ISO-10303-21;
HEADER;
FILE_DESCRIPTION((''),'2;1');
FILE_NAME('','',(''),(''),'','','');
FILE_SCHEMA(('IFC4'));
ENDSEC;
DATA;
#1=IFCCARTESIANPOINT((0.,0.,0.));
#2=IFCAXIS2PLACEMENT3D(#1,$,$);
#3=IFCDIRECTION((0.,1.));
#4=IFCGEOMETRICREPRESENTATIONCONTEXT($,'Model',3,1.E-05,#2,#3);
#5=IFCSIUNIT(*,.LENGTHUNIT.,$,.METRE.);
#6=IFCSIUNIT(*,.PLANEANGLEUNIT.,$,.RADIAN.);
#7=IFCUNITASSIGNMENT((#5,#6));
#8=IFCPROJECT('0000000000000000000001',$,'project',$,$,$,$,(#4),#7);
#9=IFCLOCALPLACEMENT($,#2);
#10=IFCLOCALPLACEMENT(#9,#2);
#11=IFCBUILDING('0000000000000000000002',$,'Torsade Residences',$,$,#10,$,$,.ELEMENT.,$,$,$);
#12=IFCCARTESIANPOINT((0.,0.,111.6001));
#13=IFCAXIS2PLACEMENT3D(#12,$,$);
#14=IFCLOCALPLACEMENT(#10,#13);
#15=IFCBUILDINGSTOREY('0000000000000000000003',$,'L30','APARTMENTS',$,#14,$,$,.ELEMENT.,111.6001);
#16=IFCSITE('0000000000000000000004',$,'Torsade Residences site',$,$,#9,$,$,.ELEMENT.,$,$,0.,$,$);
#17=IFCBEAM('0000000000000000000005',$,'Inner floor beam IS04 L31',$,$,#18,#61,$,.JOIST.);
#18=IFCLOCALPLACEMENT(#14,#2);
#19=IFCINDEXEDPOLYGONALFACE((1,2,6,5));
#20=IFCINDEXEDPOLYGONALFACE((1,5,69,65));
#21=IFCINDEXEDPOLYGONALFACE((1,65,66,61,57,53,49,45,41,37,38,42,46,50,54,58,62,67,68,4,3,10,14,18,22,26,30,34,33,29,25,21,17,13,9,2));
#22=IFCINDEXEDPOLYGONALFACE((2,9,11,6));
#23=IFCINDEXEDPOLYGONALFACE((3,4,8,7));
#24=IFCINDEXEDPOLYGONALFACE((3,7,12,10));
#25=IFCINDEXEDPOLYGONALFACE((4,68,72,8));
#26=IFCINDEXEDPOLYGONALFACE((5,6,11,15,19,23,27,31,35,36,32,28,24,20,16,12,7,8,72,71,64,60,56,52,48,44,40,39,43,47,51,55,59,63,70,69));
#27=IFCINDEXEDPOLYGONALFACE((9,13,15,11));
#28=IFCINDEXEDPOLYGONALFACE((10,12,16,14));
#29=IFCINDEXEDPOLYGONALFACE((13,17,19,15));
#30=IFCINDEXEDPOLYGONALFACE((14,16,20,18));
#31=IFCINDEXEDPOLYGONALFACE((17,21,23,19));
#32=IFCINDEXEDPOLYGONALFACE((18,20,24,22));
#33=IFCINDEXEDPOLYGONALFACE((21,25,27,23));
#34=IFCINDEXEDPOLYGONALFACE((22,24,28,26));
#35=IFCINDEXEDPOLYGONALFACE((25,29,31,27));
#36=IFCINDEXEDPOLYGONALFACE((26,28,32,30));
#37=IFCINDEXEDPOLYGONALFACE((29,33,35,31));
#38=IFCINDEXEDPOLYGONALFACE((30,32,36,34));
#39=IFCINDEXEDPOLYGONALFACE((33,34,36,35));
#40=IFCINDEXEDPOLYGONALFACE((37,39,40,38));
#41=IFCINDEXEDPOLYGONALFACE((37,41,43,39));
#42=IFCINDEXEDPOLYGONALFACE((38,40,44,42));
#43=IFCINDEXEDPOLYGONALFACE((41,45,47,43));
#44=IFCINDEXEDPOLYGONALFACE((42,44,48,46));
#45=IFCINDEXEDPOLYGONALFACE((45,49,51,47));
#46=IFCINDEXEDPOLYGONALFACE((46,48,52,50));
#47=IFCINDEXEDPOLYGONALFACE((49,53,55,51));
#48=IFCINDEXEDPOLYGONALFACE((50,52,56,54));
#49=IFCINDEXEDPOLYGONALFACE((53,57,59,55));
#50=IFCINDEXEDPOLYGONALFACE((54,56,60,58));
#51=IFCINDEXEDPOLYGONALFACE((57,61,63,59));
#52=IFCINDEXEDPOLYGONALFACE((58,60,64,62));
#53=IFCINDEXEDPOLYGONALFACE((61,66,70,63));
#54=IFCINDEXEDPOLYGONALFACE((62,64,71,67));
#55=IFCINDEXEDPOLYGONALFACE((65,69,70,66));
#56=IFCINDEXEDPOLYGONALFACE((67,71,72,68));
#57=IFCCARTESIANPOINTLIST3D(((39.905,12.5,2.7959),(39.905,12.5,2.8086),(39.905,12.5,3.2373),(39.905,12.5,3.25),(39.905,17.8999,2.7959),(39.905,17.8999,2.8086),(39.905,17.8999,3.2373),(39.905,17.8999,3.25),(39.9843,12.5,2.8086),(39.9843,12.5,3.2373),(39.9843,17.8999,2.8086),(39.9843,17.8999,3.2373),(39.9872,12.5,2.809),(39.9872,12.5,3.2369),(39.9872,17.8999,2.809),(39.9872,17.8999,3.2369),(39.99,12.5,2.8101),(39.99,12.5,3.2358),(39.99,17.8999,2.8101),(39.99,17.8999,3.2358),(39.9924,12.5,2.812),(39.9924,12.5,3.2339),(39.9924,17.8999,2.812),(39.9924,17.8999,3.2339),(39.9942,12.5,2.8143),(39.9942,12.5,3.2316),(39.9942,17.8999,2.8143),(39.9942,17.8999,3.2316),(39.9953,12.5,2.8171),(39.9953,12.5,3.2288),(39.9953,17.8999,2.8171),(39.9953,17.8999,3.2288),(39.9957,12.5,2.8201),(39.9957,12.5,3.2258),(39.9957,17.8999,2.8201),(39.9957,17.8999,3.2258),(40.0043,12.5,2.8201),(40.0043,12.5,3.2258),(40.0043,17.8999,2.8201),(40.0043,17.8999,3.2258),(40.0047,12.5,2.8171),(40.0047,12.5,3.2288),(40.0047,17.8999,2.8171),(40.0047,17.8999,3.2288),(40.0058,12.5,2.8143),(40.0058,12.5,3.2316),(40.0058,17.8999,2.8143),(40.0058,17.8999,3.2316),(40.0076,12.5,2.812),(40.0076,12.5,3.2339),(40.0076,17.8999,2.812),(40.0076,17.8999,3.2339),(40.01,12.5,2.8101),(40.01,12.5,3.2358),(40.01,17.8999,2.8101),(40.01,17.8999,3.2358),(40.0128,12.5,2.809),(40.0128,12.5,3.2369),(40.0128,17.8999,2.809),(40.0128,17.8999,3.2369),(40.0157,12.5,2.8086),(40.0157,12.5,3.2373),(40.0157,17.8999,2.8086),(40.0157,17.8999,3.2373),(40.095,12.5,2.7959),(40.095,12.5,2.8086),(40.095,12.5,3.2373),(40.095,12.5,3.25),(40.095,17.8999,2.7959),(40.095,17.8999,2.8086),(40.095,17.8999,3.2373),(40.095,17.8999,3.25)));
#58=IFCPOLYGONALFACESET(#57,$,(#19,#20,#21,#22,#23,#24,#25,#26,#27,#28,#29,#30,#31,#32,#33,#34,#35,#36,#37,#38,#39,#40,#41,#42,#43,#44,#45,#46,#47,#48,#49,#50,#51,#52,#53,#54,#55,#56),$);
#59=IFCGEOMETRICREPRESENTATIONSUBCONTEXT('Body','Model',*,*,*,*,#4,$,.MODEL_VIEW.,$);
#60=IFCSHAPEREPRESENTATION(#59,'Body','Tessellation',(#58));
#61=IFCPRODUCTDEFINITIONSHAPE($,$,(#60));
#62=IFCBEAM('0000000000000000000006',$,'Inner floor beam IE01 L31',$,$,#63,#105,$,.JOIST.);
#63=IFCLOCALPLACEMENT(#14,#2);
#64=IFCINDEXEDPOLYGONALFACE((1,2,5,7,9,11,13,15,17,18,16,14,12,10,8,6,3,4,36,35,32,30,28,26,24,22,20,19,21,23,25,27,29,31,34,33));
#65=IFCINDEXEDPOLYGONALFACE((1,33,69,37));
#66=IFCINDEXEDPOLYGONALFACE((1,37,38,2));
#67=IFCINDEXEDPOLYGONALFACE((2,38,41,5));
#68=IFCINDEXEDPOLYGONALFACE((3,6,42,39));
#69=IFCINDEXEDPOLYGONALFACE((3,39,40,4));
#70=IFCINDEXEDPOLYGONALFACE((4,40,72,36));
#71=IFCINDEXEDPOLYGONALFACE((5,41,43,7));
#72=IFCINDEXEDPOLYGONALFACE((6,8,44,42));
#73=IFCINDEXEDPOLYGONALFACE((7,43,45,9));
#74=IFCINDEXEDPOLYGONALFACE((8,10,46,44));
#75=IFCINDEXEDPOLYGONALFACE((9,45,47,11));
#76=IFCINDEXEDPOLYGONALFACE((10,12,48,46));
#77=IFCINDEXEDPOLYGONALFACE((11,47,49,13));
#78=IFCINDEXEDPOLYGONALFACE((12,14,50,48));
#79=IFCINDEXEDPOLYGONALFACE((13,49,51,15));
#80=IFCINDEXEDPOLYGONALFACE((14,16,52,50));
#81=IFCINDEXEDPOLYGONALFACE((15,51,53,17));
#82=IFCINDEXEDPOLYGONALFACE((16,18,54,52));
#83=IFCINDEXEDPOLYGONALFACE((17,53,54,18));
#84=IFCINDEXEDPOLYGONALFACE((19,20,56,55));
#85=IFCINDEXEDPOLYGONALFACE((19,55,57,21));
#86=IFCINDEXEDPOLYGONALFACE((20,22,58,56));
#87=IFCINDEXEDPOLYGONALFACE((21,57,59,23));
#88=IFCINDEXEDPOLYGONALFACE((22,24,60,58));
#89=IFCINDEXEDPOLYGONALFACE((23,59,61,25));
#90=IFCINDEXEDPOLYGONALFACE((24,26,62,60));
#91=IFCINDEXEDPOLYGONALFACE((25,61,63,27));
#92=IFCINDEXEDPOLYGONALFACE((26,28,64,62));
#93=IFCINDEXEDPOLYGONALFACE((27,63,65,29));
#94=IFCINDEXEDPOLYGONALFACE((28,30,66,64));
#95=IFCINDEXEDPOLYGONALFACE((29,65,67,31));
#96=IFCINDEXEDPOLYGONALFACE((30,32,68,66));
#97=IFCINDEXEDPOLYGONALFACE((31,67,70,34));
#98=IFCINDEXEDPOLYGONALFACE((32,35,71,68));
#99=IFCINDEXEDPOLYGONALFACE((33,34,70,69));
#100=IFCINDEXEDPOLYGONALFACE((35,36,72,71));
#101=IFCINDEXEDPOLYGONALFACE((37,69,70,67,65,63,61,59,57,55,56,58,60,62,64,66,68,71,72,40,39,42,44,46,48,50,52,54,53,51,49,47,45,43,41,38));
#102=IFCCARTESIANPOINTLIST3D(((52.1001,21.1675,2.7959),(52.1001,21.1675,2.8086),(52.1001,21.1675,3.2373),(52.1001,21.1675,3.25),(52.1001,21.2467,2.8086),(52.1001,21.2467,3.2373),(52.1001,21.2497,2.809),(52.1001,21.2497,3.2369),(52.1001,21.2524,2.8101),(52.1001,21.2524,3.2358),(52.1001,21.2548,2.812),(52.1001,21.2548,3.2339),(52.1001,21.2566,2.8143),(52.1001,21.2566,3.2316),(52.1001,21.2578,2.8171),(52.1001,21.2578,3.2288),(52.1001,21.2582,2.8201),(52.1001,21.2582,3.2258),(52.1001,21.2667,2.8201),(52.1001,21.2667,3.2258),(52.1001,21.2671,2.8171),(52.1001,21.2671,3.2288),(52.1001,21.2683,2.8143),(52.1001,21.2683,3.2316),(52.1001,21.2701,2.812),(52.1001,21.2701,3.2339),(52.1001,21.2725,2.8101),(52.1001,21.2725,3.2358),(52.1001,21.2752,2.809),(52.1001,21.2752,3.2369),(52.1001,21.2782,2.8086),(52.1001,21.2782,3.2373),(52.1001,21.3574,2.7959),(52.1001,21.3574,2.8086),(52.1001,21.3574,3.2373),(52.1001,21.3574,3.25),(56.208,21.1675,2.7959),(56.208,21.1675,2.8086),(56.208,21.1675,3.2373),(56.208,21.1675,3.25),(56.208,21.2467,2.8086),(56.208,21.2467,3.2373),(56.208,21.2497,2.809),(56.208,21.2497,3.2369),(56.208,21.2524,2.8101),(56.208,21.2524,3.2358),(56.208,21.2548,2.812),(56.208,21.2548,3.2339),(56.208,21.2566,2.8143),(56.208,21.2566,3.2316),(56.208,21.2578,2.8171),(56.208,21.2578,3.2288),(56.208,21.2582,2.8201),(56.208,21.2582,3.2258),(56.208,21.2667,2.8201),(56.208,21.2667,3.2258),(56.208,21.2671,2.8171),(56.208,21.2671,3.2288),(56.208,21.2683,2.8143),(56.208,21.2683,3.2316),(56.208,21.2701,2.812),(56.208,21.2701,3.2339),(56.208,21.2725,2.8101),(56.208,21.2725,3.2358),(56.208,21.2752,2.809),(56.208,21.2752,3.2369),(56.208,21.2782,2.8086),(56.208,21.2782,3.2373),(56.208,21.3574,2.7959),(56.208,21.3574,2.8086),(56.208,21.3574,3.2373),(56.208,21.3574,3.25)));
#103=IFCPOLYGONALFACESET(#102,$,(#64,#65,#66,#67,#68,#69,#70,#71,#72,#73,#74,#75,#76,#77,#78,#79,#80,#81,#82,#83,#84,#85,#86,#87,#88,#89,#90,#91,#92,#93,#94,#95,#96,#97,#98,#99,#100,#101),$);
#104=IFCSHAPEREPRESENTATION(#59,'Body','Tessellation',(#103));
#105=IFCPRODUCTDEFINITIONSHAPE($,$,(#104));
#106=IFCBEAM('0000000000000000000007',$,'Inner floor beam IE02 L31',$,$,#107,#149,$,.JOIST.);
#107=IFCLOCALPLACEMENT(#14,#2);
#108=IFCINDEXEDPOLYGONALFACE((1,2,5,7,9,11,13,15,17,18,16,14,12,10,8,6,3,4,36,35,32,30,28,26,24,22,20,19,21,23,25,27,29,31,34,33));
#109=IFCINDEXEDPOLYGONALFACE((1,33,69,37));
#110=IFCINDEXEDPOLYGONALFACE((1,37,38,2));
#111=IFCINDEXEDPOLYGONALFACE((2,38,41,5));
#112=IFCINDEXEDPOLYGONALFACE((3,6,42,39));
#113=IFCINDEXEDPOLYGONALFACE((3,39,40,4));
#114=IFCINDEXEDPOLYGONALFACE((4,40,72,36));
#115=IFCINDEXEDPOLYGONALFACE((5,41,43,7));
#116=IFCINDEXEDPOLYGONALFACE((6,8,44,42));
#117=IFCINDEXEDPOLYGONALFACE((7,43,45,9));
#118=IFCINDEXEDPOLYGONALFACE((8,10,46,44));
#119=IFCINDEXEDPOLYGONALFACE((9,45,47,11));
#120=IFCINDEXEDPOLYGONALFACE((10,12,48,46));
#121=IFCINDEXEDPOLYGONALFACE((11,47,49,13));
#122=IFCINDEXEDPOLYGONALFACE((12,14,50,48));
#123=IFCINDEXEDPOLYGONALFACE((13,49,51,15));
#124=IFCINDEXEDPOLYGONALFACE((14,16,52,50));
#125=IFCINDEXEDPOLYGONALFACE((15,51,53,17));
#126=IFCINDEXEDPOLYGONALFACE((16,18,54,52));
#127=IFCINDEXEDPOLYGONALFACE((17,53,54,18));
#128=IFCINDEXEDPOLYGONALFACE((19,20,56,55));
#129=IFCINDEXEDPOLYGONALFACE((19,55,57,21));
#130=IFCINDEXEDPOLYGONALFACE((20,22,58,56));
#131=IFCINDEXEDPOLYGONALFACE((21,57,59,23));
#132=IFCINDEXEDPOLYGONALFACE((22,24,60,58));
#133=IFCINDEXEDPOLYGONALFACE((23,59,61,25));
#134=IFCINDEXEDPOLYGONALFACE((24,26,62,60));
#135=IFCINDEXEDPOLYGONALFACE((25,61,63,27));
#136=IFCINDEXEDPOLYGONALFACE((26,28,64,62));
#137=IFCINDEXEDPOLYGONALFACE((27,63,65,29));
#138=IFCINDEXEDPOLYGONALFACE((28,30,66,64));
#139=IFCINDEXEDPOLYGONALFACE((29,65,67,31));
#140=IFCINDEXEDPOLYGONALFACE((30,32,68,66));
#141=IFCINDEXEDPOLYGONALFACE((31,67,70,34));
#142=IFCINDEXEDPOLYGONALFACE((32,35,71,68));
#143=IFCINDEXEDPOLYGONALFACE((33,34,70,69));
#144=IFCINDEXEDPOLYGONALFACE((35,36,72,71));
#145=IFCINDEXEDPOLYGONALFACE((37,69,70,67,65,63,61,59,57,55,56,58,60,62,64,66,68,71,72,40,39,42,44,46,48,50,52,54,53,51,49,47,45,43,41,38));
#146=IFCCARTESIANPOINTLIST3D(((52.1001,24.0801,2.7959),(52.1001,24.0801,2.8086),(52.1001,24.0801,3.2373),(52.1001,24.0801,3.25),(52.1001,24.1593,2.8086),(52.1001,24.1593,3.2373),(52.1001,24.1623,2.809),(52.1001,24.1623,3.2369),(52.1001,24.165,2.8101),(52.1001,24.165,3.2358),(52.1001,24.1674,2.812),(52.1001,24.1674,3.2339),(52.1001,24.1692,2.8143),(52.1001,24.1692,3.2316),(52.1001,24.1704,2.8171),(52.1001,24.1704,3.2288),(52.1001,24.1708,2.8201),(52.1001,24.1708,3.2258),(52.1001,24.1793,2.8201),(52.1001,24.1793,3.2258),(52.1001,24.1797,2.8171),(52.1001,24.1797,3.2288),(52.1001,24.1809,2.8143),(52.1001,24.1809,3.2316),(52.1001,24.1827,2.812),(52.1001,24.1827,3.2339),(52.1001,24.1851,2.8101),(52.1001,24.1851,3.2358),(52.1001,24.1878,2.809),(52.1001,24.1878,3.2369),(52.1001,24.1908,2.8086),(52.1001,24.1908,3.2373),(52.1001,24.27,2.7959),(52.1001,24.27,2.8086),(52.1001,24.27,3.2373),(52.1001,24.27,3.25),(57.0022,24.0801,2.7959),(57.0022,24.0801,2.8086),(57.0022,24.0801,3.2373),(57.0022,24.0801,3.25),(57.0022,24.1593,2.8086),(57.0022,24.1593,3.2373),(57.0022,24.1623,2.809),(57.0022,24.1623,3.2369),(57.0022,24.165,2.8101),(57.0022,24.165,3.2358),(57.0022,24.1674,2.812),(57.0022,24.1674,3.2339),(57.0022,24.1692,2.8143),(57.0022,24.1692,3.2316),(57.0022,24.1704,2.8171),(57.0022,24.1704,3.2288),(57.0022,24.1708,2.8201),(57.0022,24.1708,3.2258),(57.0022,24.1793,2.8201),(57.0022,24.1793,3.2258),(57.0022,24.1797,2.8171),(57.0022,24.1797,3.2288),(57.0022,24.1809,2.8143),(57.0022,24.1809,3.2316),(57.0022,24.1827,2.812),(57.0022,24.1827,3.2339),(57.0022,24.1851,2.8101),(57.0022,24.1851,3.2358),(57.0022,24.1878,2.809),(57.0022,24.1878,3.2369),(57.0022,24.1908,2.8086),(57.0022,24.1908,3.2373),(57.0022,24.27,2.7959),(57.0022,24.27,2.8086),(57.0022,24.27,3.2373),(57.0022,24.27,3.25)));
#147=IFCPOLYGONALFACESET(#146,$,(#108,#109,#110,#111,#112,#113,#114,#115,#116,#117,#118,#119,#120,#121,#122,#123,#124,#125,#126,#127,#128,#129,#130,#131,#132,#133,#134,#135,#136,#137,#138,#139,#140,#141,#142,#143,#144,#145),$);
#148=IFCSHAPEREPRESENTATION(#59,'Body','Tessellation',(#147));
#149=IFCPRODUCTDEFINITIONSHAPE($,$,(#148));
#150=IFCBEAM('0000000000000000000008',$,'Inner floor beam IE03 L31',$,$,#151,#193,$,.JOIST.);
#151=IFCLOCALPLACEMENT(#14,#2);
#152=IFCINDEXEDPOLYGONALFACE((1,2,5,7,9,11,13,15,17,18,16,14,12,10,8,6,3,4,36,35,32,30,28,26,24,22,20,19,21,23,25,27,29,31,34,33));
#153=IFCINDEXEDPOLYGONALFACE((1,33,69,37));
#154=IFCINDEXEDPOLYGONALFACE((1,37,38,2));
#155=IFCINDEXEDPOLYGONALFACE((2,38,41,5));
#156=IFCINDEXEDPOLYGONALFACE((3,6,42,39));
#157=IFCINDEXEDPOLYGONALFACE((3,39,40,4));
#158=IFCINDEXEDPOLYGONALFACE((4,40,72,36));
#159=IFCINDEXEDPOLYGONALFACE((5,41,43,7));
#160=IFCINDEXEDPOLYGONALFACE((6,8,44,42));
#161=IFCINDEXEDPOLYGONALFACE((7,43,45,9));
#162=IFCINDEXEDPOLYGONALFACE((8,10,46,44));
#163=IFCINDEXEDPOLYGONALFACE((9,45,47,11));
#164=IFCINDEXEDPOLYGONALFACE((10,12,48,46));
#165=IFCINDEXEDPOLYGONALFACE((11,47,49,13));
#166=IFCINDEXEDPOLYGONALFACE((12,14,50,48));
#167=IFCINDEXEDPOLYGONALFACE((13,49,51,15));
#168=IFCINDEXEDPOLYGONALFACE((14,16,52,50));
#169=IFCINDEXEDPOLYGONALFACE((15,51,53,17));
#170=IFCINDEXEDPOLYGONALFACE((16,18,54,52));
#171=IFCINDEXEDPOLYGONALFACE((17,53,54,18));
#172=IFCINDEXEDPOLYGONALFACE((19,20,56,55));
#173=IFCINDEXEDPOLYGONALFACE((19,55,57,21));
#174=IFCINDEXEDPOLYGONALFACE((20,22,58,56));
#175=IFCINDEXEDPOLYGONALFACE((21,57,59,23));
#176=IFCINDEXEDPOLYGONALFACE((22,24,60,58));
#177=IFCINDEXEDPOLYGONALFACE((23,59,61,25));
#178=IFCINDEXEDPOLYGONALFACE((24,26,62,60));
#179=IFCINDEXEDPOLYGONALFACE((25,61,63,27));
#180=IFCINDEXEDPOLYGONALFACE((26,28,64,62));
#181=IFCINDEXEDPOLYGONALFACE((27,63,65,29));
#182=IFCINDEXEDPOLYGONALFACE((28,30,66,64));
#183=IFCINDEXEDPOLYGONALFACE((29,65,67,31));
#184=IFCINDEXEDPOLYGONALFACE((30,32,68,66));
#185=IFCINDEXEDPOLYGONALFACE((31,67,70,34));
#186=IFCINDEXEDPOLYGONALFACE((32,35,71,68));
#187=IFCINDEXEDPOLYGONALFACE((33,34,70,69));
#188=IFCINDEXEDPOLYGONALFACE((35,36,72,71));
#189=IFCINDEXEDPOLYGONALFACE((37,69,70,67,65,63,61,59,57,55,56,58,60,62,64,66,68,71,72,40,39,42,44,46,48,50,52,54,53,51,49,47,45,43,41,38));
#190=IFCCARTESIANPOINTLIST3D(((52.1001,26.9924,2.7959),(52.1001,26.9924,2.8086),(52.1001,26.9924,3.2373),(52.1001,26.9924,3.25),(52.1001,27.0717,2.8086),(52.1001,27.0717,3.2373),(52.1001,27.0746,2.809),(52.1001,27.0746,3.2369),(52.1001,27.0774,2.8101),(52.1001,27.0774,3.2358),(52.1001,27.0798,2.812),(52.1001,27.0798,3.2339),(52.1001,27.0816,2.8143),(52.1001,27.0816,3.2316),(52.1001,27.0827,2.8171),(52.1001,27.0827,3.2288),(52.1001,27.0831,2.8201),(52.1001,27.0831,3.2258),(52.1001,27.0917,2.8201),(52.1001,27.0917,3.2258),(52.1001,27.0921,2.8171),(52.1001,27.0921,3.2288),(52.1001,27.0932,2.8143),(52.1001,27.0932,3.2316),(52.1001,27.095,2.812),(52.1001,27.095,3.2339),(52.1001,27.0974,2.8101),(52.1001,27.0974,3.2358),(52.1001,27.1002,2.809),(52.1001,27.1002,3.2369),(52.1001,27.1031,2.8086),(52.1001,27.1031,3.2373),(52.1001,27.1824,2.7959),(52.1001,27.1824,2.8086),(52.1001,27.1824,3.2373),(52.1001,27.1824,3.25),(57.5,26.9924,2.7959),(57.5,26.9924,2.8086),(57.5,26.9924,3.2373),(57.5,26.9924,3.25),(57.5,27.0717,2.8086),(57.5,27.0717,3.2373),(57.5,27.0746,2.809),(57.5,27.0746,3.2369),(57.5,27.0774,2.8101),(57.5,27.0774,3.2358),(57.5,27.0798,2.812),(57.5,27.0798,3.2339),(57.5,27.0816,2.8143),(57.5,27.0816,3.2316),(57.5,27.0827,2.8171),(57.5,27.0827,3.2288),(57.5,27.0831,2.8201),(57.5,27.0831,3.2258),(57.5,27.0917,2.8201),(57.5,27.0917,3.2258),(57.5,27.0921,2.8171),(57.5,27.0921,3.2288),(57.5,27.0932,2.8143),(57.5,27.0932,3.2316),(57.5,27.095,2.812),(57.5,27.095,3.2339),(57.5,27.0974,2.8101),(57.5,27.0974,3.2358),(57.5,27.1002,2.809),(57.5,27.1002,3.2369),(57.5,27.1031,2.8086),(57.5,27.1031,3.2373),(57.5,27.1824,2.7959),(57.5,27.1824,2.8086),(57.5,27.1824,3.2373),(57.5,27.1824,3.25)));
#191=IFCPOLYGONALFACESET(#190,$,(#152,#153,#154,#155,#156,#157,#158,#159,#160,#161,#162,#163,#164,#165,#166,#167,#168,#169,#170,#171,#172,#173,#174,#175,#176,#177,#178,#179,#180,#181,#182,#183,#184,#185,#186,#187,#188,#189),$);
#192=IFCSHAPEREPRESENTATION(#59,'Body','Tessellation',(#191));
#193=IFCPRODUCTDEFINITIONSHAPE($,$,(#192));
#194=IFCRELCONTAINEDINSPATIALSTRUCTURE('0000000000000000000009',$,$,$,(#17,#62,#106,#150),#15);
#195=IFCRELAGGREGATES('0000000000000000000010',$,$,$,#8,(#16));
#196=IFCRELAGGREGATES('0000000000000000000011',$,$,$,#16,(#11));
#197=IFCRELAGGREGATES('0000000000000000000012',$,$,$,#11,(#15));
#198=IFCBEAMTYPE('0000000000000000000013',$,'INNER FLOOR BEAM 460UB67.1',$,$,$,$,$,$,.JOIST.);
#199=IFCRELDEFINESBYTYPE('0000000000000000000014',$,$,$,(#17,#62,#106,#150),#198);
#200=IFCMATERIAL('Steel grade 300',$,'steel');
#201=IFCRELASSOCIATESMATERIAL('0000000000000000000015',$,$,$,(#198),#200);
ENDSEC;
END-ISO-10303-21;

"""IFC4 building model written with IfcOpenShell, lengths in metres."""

from ifc_helpers import new_model, si_unit, direction, frame, origin, origin_2d, place, context, subcontext, project, spatial, i_section, extrude, material, material_profile, profile_set, type_object, element, save


model = new_model("IFC4")

# Units and contexts
model_context = context("Model", 3, precision=1e-05, world=origin(), true_north=direction((0.0, 1.0)))
body_context = subcontext(model_context, "Body", "Model", "MODEL_VIEW")
ifc_project = project(units=[si_unit("LENGTHUNIT", "METRE"), si_unit("PLANEANGLEUNIT", "RADIAN")], contexts=[model_context])

# Site, building, storey
site_placement = place(None, origin())
site = spatial("IfcSite", under=ifc_project, at=site_placement, Name="Torsade Residences site", CompositionType="ELEMENT", RefElevation=0.0)
building_placement = place(site_placement, origin())
building = spatial("IfcBuilding", under=site, at=building_placement, Name="Torsade Residences", CompositionType="ELEMENT")
storey_placement = place(building_placement, frame((0.0, 0.0, 111.6001)))
storey = spatial("IfcBuildingStorey", under=building, at=storey_placement, Name="L30", Description="APARTMENTS", CompositionType="ELEMENT", Elevation=111.6001)

# Beams
ifc_material_1 = material(Name="Steel grade 300", Category="steel")
ifc_material_profile_1 = material_profile(ifc_material_1, i_section(OverallWidth=0.1899, OverallDepth=0.4541, WebThickness=0.0085, FlangeThickness=0.0127, FilletRadius=0.0115, at=origin_2d()), Name="460UB67.1")
ifc_profile_set_1 = profile_set([ifc_material_profile_1], Name="Steel grade 300")
beam_type_1 = type_object("IfcBeamType", Name="INNER FLOOR BEAM 460UB67.1", PredefinedType="JOIST", material=ifc_profile_set_1)
for number, where, z_axis, x_axis, name in (
    (1, (40.0, 17.8999, 3.0229), (0.0, -1.0, 0.0), (1.0, 0.0, 0.0), "Inner floor beam IS04 L31"),
):
    element("IfcBeam", number, at=place(storey_placement, frame(where, z_axis=z_axis, x_axis=x_axis)), inside=storey, type_object=beam_type_1, Name=name, PredefinedType="JOIST", context=body_context, shape_type="SweptSolid", body=[
        extrude(i_section(OverallWidth=0.1899, OverallDepth=0.4541, WebThickness=0.0085, FlangeThickness=0.0127, FilletRadius=0.0115, at=origin_2d()), origin(), (0.0, 0.0, 1.0), 5.3999),
    ])
beam_1_placement = place(storey_placement, frame((52.1001, 21.2625, 3.0229), z_axis=(1.0, 0.0, 0.0), x_axis=(0.0, 1.0, 0.0)))
element("IfcBeam", 2, at=beam_1_placement, inside=storey, type_object=beam_type_1, Name="Inner floor beam IE01 L31", PredefinedType="JOIST", context=body_context, shape_type="SweptSolid", body=[
    extrude(i_section(OverallWidth=0.1899, OverallDepth=0.4541, WebThickness=0.0085, FlangeThickness=0.0127, FilletRadius=0.0115, at=origin_2d()), origin(), (0.0, 0.0, 1.0), 4.1079),
])
beam_2_placement = place(storey_placement, frame((52.1001, 24.175, 3.0229), z_axis=(1.0, 0.0, 0.0), x_axis=(0.0, 1.0, 0.0)))
element("IfcBeam", 3, at=beam_2_placement, inside=storey, type_object=beam_type_1, Name="Inner floor beam IE02 L31", PredefinedType="JOIST", context=body_context, shape_type="SweptSolid", body=[
    extrude(i_section(OverallWidth=0.1899, OverallDepth=0.4541, WebThickness=0.0085, FlangeThickness=0.0127, FilletRadius=0.0115, at=origin_2d()), origin(), (0.0, 0.0, 1.0), 4.9021),
])
beam_3_placement = place(storey_placement, frame((52.1001, 27.0874, 3.0229), z_axis=(1.0, 0.0, 0.0), x_axis=(0.0, 1.0, 0.0)))
element("IfcBeam", 4, at=beam_3_placement, inside=storey, type_object=beam_type_1, Name="Inner floor beam IE03 L31", PredefinedType="JOIST", context=body_context, shape_type="SweptSolid", body=[
    extrude(i_section(OverallWidth=0.1899, OverallDepth=0.4541, WebThickness=0.0085, FlangeThickness=0.0127, FilletRadius=0.0115, at=origin_2d()), origin(), (0.0, 0.0, 1.0), 5.3999),
])

save(model, "model.ifc")
